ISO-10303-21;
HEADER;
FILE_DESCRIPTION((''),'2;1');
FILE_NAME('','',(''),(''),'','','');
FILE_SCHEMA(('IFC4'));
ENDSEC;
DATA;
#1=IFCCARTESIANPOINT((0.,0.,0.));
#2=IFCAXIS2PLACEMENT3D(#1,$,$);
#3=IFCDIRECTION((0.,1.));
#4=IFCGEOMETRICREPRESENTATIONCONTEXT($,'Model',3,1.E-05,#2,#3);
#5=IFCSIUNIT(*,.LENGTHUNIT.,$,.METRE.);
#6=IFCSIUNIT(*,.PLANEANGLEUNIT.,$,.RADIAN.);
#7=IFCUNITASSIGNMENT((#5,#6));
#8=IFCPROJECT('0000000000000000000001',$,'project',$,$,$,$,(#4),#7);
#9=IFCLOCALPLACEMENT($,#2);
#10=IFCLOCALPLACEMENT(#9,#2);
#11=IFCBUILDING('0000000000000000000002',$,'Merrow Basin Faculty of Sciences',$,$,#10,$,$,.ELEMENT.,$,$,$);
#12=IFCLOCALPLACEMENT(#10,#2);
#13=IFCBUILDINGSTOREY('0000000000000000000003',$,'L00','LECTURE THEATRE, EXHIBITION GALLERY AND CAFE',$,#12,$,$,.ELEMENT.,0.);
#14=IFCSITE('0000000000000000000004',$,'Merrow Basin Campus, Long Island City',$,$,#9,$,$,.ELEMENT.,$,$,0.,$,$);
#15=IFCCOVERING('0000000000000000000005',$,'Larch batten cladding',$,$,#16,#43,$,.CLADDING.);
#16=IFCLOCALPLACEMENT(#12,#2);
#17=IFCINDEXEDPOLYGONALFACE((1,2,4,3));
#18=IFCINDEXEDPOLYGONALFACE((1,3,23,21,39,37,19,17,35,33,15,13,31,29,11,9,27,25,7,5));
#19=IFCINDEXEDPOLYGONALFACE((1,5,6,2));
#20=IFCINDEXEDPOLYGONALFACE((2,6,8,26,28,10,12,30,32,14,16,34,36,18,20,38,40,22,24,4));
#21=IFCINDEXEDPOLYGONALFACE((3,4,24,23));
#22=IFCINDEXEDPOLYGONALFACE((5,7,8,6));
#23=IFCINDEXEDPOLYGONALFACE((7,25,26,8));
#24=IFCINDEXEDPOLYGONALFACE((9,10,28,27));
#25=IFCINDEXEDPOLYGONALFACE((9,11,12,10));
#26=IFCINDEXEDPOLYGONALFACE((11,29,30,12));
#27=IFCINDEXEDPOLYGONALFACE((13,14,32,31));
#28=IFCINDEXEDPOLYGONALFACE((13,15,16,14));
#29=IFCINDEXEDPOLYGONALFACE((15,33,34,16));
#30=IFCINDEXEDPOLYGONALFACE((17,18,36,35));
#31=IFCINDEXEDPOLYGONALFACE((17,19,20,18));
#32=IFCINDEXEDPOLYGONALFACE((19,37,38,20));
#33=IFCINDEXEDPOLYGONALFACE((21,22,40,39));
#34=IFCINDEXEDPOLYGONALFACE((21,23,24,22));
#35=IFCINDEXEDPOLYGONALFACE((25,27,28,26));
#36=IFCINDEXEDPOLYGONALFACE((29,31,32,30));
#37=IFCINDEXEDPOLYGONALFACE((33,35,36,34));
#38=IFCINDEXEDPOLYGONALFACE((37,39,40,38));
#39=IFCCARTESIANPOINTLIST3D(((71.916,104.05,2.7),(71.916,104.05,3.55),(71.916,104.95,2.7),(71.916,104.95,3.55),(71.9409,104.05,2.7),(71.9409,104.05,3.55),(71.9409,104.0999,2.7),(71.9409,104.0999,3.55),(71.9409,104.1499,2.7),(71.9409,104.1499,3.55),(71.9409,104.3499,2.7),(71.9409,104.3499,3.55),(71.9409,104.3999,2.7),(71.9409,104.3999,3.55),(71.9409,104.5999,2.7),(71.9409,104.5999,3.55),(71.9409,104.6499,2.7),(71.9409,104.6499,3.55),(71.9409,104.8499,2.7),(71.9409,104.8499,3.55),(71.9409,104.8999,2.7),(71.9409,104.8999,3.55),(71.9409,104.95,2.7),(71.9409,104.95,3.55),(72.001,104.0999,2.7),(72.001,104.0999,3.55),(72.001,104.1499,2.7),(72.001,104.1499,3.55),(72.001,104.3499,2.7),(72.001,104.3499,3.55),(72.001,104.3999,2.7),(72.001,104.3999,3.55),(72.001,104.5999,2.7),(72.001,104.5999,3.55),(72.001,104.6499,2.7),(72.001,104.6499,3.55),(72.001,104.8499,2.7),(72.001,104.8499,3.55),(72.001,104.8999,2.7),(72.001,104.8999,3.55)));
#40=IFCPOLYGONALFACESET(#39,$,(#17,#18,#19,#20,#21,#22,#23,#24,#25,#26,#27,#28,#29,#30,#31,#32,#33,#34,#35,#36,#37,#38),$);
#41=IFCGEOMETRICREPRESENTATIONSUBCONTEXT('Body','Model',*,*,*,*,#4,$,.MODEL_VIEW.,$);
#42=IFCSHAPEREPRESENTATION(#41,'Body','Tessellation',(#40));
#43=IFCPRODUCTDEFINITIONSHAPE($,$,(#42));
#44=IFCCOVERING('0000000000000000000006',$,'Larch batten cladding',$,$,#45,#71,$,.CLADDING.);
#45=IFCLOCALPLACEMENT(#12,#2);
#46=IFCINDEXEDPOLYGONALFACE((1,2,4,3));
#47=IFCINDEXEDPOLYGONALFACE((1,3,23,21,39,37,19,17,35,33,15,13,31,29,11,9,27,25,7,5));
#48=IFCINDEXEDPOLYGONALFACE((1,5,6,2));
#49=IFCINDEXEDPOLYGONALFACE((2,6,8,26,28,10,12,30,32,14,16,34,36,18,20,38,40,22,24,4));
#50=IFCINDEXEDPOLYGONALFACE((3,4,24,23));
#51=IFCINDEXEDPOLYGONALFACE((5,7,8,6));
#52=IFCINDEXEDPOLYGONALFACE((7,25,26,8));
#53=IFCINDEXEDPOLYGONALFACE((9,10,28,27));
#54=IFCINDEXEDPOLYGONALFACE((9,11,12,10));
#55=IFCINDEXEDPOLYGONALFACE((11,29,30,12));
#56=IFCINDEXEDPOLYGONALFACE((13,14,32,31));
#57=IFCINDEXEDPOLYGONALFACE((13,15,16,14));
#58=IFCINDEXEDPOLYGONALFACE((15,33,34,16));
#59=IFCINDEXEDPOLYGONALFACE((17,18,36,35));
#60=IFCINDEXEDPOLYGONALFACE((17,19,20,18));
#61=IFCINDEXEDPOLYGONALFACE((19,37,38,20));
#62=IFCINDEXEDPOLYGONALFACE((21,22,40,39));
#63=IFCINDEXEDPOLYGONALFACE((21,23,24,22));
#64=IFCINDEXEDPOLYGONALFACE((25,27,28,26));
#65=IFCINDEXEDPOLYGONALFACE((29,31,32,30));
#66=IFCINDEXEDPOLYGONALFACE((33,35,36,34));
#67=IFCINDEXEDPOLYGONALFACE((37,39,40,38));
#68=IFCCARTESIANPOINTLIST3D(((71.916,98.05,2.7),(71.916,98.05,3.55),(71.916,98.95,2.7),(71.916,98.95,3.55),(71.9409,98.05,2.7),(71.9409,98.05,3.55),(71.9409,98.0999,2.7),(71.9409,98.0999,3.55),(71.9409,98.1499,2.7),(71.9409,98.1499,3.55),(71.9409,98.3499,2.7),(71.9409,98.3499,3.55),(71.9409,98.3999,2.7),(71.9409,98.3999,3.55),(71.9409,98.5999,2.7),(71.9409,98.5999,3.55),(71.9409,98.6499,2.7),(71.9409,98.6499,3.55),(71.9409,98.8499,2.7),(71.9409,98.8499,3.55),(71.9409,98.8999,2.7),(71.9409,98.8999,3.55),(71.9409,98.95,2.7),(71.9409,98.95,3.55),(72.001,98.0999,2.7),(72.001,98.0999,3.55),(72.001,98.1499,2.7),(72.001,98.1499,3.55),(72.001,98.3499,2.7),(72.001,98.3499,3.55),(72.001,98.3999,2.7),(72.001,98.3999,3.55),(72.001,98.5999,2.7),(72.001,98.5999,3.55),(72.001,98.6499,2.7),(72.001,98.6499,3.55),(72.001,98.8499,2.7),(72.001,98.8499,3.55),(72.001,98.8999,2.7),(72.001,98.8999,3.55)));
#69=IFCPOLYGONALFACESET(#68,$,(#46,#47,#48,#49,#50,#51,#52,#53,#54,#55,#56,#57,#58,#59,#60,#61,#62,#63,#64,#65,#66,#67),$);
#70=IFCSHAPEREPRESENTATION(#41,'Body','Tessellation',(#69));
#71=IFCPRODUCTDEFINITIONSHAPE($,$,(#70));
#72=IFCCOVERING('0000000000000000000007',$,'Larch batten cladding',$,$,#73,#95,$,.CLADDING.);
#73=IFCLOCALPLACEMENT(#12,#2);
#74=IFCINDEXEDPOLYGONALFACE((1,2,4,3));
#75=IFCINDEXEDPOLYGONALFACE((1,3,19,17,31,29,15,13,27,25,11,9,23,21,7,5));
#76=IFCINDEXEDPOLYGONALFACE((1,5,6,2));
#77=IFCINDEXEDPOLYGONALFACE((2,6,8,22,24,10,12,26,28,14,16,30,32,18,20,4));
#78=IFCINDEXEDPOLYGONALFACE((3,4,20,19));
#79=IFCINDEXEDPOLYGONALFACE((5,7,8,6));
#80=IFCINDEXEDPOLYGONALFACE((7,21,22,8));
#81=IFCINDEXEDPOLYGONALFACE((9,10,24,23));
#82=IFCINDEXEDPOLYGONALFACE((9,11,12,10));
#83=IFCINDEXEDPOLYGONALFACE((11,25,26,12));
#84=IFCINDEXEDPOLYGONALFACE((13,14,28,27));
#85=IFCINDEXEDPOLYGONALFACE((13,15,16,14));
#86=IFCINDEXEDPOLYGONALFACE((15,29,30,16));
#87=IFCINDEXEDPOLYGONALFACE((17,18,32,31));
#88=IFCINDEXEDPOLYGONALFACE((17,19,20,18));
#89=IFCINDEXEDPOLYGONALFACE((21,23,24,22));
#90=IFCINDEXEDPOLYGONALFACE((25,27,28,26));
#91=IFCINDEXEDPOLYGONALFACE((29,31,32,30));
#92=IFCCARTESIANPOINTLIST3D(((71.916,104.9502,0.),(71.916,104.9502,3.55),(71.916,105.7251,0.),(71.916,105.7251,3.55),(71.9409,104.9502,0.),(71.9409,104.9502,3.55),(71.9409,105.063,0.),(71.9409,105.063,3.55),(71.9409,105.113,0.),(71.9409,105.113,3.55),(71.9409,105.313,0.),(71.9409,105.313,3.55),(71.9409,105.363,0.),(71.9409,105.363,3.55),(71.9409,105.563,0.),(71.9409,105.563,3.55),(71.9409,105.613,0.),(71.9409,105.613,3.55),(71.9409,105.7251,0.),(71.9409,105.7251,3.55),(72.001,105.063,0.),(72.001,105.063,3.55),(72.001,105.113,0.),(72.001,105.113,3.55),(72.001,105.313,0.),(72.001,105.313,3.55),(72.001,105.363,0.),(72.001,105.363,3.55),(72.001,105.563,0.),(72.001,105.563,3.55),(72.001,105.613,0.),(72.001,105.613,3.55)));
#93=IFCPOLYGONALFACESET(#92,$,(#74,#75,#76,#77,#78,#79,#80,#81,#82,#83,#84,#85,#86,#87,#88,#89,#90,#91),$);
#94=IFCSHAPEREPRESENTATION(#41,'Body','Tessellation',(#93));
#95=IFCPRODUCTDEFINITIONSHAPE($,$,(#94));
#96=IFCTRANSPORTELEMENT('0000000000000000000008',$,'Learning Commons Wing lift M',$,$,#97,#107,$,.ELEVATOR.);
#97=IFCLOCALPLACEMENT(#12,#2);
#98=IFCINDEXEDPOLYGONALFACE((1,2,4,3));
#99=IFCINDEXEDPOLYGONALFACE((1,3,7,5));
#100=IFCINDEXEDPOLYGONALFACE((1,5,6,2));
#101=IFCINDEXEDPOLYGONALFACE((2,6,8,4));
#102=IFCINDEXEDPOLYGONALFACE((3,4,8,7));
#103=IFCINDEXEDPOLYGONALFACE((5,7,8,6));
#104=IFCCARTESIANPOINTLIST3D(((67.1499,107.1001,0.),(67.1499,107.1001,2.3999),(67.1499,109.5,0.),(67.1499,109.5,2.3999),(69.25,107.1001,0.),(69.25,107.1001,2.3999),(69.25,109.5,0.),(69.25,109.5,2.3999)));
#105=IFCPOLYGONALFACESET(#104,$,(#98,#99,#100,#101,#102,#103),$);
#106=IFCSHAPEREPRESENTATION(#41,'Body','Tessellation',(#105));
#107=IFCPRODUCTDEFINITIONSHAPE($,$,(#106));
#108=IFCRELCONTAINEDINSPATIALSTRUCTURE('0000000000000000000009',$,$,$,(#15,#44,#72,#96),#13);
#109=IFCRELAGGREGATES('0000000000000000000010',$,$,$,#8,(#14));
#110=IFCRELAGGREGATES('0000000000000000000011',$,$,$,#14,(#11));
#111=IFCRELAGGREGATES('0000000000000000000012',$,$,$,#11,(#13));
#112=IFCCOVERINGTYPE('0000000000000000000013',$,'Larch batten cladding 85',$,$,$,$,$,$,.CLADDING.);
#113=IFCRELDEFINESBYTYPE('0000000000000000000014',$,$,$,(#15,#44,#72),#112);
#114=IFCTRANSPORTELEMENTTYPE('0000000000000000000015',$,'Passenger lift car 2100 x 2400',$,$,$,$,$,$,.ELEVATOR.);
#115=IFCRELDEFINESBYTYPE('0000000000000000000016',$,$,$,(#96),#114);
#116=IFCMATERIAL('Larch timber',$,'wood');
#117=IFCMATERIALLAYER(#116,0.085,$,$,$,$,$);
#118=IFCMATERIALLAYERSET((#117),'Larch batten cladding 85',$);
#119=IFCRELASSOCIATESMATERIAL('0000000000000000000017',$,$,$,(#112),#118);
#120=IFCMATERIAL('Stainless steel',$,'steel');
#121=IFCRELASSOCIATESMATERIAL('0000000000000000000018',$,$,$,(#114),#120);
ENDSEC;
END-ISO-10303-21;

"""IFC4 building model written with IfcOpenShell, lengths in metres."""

from ifc_helpers import new_model, si_unit, direction, frame, origin, origin_2d, place, context, subcontext, project, spatial, polyline, rectangle, outline, extrude, source, transform, mapped, material, layer, layer_set, type_object, element, save


model = new_model("IFC4")

# Units and contexts
model_context = context("Model", 3, precision=1e-05, world=origin(), true_north=direction((0.0, 1.0)))
body_context = subcontext(model_context, "Body", "Model", "MODEL_VIEW")
ifc_project = project(units=[si_unit("LENGTHUNIT", "METRE"), si_unit("PLANEANGLEUNIT", "RADIAN")], contexts=[model_context])

# Site, building, storey
site_placement = place(None, origin())
site = spatial("IfcSite", under=ifc_project, at=site_placement, Name="Merrow Basin Campus, Long Island City", CompositionType="ELEMENT", RefElevation=0.0)
building_placement = place(site_placement, origin())
building = spatial("IfcBuilding", under=site, at=building_placement, Name="Merrow Basin Faculty of Sciences", CompositionType="ELEMENT")
storey_placement = place(building_placement, origin())
storey = spatial("IfcBuildingStorey", under=building, at=storey_placement, Name="L00", Description="LECTURE THEATRE, EXHIBITION GALLERY AND CAFE", CompositionType="ELEMENT", Elevation=0.0)

# Coverings
ifc_material_1 = material(Name="Larch timber", Category="wood")
ifc_layer_1 = layer(ifc_material_1, 0.085)
ifc_layer_set_1 = layer_set([ifc_layer_1], Name="Larch batten cladding 85")
covering_type = type_object("IfcCoveringType", Name="Larch batten cladding 85", PredefinedType="CLADDING", material=ifc_layer_set_1)
shared_shape_1 = source(origin(), body_context, "Body", "SweptSolid", [
    extrude(outline(polyline([(0.0, 0.0), (0.8999, 0.0), (0.8999, 0.0249), (0.8501, 0.0249), (0.8501, 0.085), (0.8, 0.085), (0.8, 0.0249), (0.6001, 0.0249), (0.6001, 0.085), (0.55, 0.085), (0.55, 0.0249), (0.3501, 0.0249), (0.3501, 0.085), (0.3, 0.085), (0.3, 0.0249), (0.1001, 0.0249), (0.1001, 0.085), (0.05, 0.085), (0.05, 0.0249), (0.0, 0.0249), (0.0, 0.0)])), origin(), (0.0, 0.0, 1.0), 0.8501),
])
for number, where, z_axis, x_axis, name in (
    (1, (71.916, 104.95, 2.7), (0.0, 0.0, 1.0), (0.0, -1.0, 0.0), "Larch batten cladding"),
    (2, (71.916, 98.95, 2.7), (0.0, 0.0, 1.0), (0.0, -1.0, 0.0), "Larch batten cladding"),
):
    element("IfcCovering", number, at=place(storey_placement, frame(where, z_axis=z_axis, x_axis=x_axis)), inside=storey, type_object=covering_type, Name=name, PredefinedType="CLADDING", context=body_context, shape_type="MappedRepresentation", body=[
        mapped(shared_shape_1, transform((0.0, 0.0, 0.0), scale=1.0)),
    ])
shared_shape_2 = source(origin(), body_context, "Body", "SweptSolid", [
    extrude(outline(polyline([(0.0, 0.0), (0.7749, 0.0), (0.7749, 0.0249), (0.6621, 0.0249), (0.6621, 0.085), (0.6121, 0.085), (0.6121, 0.0249), (0.4121, 0.0249), (0.4121, 0.085), (0.3621, 0.085), (0.3621, 0.0249), (0.1621, 0.0249), (0.1621, 0.085), (0.1121, 0.085), (0.1121, 0.0249), (0.0, 0.0249), (0.0, 0.0)])), origin(), (0.0, 0.0, 1.0), 3.55),
])
covering_1_placement = place(storey_placement, frame((71.916, 105.7251, 0.0), z_axis=(0.0, 0.0, 1.0), x_axis=(0.0, -1.0, 0.0)))
element("IfcCovering", 3, at=covering_1_placement, inside=storey, type_object=covering_type, Name="Larch batten cladding", PredefinedType="CLADDING", context=body_context, shape_type="MappedRepresentation", body=[
    mapped(shared_shape_2, transform((0.0, 0.0, 0.0), scale=1.0)),
])

# Transport element
ifc_material_2 = material(Name="Stainless steel", Category="steel")
transport_element_type = type_object("IfcTransportElementType", Name="Passenger lift car 2100 x 2400", PredefinedType="ELEVATOR", material=ifc_material_2)
transport_element_placement = place(storey_placement, frame((68.2, 108.3, 0.0), z_axis=(0.0, 0.0, 1.0), x_axis=(1.0, 0.0, 0.0)))
element("IfcTransportElement", 4, at=transport_element_placement, inside=storey, type_object=transport_element_type, Name="Learning Commons Wing lift M", PredefinedType="ELEVATOR", context=body_context, shape_type="SweptSolid", body=[
    extrude(rectangle(XDim=2.1001, YDim=2.3999, at=origin_2d()), origin(), (0.0, 0.0, 1.0), 2.3999),
])

save(model, "model.ifc")
